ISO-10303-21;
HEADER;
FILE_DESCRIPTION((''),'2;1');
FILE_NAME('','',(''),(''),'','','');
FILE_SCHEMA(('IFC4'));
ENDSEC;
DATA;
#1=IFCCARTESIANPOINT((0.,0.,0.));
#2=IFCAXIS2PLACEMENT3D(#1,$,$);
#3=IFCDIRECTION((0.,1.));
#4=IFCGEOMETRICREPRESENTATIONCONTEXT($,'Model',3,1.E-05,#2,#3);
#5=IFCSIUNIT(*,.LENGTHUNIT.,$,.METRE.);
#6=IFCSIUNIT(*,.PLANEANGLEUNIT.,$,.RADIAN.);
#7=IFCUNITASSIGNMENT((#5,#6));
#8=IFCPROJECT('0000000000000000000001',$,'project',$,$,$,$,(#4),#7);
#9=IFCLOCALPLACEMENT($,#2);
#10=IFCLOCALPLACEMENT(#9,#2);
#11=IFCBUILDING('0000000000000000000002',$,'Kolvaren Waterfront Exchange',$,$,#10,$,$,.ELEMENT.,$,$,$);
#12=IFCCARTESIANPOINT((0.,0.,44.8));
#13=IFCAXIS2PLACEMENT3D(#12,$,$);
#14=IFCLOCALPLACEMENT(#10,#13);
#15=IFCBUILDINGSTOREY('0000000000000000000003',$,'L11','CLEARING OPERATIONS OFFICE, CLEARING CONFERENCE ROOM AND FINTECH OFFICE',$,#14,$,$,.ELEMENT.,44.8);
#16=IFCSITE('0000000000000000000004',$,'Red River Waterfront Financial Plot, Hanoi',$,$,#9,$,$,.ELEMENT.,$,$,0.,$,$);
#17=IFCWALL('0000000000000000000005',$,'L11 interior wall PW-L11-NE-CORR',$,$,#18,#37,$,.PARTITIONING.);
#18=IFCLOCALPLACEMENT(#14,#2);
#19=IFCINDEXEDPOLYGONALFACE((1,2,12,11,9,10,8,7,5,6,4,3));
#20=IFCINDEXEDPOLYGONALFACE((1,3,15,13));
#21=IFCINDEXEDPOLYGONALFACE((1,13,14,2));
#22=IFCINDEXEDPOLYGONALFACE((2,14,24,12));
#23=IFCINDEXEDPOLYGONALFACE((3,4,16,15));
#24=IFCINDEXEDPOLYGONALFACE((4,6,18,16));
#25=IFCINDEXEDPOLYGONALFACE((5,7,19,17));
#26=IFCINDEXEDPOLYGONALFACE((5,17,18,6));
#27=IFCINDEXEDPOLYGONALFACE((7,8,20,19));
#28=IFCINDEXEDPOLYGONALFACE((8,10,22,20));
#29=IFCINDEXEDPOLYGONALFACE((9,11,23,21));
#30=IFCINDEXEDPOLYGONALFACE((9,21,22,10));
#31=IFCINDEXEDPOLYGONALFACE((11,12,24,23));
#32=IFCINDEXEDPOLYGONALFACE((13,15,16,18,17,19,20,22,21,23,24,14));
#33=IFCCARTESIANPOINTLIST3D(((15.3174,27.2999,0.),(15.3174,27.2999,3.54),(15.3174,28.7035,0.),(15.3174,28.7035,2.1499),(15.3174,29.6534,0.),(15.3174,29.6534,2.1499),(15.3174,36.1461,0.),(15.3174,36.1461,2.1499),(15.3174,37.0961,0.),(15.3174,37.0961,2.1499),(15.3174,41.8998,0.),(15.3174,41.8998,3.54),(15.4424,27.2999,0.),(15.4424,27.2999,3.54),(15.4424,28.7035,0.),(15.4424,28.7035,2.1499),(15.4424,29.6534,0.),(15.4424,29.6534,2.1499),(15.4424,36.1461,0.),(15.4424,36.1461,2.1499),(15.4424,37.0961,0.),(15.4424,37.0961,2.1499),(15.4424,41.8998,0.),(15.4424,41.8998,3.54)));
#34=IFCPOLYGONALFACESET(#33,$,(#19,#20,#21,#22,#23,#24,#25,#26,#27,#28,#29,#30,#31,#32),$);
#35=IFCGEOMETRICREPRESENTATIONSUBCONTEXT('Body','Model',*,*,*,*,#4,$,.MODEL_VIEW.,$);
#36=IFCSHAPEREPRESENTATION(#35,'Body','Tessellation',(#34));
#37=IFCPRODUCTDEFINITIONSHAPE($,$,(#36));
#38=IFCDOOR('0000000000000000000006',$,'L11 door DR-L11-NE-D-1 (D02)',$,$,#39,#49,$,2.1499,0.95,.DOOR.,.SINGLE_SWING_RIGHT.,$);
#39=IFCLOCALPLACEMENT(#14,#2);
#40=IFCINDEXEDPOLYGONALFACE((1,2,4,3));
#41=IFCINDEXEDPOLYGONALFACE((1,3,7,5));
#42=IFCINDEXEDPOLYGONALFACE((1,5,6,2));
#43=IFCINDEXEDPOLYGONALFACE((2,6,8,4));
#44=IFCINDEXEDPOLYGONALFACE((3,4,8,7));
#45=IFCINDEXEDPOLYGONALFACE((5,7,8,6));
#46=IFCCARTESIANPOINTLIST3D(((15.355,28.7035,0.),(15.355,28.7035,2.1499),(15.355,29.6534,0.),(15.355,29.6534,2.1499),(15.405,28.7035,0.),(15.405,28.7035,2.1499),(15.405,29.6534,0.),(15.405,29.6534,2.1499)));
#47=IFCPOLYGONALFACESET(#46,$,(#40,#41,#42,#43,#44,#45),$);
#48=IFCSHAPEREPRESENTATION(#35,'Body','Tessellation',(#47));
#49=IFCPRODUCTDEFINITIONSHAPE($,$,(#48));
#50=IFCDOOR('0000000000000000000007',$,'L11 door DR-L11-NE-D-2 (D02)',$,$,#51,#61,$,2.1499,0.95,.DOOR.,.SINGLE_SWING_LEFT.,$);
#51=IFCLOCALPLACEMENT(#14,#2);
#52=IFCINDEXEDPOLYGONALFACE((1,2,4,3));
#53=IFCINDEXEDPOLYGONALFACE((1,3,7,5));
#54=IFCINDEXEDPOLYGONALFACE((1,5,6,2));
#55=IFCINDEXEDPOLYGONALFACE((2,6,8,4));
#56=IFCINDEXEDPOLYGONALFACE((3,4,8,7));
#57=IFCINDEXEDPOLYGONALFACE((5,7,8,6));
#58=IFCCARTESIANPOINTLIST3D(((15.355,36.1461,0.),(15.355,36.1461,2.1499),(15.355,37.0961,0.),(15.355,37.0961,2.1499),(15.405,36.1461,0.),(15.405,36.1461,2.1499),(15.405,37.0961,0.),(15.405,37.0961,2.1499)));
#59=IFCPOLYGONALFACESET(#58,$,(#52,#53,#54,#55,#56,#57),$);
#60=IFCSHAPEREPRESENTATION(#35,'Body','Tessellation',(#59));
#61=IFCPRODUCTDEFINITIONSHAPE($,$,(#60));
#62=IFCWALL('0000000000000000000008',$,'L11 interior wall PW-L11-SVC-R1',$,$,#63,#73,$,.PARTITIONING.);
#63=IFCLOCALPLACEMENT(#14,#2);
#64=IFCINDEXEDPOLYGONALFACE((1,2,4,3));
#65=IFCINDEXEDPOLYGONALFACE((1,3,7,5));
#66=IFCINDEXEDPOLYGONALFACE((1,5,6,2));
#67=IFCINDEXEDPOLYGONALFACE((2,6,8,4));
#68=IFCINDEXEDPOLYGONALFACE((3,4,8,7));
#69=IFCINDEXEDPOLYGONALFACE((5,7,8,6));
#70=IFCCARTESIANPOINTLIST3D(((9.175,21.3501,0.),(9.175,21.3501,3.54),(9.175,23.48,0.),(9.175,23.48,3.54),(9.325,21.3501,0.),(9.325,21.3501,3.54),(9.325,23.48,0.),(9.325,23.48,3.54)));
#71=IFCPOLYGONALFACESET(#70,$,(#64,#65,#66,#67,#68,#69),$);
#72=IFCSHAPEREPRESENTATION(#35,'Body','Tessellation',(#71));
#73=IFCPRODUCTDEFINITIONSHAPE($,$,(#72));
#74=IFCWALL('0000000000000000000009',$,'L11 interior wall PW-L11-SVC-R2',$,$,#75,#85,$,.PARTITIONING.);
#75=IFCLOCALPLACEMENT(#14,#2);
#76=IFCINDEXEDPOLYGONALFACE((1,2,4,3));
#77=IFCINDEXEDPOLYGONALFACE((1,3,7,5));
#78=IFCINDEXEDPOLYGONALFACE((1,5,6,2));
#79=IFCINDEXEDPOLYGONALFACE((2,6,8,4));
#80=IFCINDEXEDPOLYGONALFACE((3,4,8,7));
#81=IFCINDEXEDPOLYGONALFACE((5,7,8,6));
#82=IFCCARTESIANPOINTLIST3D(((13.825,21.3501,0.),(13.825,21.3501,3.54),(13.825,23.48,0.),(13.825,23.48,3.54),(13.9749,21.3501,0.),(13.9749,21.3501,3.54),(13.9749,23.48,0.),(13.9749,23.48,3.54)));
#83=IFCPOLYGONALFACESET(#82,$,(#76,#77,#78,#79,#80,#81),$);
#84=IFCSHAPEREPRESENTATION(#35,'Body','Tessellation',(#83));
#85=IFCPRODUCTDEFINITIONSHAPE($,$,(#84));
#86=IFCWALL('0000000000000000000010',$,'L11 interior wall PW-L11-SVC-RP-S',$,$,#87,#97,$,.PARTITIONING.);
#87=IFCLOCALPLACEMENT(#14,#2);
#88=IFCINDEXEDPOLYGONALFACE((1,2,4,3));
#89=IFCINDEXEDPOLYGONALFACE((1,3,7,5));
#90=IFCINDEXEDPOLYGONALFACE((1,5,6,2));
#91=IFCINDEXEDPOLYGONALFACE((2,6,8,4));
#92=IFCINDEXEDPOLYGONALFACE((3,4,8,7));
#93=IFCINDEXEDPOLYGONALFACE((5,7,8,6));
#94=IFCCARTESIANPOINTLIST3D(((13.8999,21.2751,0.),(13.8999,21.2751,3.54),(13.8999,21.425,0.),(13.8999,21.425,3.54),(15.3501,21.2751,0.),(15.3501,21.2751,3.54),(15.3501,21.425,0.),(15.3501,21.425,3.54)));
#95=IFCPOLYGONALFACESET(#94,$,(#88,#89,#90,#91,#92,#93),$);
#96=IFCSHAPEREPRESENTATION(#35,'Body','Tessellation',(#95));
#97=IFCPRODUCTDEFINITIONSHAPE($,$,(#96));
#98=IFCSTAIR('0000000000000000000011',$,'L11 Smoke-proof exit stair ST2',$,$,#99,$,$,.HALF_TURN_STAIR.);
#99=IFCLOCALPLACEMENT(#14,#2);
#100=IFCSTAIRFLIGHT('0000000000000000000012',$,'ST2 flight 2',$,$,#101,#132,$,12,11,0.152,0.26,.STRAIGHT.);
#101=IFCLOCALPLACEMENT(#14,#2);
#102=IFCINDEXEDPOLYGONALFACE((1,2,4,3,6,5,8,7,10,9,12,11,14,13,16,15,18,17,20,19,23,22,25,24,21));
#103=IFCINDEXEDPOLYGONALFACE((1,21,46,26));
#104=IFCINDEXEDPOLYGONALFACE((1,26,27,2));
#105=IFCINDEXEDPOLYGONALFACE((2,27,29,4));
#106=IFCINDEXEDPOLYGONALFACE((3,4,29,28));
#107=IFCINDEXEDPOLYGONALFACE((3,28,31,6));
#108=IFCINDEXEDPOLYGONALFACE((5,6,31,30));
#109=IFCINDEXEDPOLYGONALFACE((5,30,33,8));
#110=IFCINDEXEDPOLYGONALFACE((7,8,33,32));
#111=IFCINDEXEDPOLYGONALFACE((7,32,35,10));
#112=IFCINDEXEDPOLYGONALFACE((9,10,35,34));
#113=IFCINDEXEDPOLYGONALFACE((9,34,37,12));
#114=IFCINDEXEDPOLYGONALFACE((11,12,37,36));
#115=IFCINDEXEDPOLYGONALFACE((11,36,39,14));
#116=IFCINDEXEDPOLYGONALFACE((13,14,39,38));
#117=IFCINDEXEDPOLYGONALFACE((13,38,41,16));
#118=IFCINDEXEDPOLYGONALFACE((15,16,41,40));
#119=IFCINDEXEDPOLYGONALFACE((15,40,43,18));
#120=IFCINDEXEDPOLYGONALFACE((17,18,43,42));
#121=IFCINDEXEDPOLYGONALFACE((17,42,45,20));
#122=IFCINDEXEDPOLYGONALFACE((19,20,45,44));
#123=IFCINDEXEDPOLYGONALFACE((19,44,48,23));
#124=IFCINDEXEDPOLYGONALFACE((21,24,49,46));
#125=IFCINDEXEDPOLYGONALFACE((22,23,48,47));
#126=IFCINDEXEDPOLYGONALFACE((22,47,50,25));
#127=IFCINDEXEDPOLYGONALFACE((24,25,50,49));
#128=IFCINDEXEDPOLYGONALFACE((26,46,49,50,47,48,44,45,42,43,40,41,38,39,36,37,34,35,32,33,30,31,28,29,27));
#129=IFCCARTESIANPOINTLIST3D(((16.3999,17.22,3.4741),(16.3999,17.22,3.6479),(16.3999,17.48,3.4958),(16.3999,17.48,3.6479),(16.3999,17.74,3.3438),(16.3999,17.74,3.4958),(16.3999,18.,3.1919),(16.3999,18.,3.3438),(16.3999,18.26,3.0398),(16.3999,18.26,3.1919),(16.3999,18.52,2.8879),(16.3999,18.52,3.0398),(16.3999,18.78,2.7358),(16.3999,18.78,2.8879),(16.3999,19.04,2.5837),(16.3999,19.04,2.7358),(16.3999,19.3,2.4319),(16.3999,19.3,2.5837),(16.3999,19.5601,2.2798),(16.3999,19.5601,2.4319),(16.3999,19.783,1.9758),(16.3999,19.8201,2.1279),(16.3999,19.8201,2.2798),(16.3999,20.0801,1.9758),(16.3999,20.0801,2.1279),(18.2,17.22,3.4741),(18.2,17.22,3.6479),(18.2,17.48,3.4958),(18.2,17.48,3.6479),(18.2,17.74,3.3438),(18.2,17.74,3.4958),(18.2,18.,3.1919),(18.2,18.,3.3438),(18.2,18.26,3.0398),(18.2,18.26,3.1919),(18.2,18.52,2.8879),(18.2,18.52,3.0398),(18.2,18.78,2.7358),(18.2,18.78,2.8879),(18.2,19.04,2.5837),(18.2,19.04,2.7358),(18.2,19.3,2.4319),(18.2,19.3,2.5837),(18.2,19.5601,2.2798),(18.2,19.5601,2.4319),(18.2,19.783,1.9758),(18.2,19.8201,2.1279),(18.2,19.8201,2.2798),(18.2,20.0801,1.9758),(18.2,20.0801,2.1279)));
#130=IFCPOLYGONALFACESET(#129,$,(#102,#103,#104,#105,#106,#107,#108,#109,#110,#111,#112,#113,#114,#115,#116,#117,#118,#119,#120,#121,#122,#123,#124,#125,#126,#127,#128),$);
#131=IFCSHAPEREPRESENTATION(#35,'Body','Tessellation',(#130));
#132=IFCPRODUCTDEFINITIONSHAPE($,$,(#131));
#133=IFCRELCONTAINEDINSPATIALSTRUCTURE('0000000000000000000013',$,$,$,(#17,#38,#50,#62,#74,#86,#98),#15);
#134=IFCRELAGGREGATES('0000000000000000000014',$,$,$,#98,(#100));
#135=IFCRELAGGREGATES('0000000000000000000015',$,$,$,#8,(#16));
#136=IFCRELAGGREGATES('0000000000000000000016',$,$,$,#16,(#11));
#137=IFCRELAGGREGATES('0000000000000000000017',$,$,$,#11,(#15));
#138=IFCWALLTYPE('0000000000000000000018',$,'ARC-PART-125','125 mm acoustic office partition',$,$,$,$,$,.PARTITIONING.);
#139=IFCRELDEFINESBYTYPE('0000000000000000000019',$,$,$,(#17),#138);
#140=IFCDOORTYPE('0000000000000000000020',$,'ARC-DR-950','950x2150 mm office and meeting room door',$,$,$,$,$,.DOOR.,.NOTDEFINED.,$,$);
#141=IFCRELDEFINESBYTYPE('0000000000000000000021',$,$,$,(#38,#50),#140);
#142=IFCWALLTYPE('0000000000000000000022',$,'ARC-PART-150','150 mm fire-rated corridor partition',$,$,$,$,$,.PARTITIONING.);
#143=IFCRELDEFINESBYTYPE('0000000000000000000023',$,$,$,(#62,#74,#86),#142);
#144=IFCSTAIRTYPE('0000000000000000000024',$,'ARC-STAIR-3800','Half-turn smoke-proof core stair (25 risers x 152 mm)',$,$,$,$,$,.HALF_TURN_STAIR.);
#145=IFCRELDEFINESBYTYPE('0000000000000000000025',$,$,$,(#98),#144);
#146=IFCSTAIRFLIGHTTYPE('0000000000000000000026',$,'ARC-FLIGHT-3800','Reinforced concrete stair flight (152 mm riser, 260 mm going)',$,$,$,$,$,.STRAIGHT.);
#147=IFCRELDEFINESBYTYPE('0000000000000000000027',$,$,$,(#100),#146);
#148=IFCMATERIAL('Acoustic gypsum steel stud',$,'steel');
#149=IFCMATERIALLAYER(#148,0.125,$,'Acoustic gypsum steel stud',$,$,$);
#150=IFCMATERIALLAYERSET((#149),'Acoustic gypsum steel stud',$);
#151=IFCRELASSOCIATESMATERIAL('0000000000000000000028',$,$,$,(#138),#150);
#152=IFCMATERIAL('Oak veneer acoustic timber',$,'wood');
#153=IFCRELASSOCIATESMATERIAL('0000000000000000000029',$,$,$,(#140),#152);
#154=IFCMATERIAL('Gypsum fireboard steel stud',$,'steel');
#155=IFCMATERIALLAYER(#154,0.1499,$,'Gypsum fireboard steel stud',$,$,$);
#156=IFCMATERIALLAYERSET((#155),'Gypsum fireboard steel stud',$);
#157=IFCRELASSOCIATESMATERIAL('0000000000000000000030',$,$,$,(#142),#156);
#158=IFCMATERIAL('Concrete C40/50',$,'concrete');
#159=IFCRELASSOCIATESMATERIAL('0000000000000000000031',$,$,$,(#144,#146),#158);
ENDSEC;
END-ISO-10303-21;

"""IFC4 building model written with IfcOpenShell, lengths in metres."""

from ifc_helpers import new_model, si_unit, direction, frame, frame_2d, origin, place, context, subcontext, project, spatial, polyline, rectangle, outline, extrude, material, layer, layer_set, type_object, element, fill, aggregate, save


model = new_model("IFC4")

# Units and contexts
model_context = context("Model", 3, precision=1e-05, world=origin(), true_north=direction((0.0, 1.0)))
body_context = subcontext(model_context, "Body", "Model", "MODEL_VIEW")
ifc_project = project(units=[si_unit("LENGTHUNIT", "METRE"), si_unit("PLANEANGLEUNIT", "RADIAN")], contexts=[model_context])

# Site, building, storey
site_placement = place(None, origin())
site = spatial("IfcSite", under=ifc_project, at=site_placement, Name="Red River Waterfront Financial Plot, Hanoi", CompositionType="ELEMENT", RefElevation=0.0)
building_placement = place(site_placement, origin())
building = spatial("IfcBuilding", under=site, at=building_placement, Name="Kolvaren Waterfront Exchange", CompositionType="ELEMENT")
storey_placement = place(building_placement, frame((0.0, 0.0, 44.8)))
storey = spatial("IfcBuildingStorey", under=building, at=storey_placement, Name="L11", Description="CLEARING OPERATIONS OFFICE, CLEARING CONFERENCE ROOM AND FINTECH OFFICE", CompositionType="ELEMENT", Elevation=44.8)

# Shared definitions
ifc_material_1 = material(Name="Acoustic gypsum steel stud", Category="steel")
ifc_layer_1 = layer(ifc_material_1, 0.125, Name="Acoustic gypsum steel stud")
ifc_layer_set_1 = layer_set([ifc_layer_1], Name="Acoustic gypsum steel stud")
wall_type_1 = type_object("IfcWallType", Name="ARC-PART-125", Description="125 mm acoustic office partition", PredefinedType="PARTITIONING", material=ifc_layer_set_1)

# Shared definitions
ifc_material_2 = material(Name="Oak veneer acoustic timber", Category="wood")
door_type_1 = type_object("IfcDoorType", Name="ARC-DR-950", Description="950x2150 mm office and meeting room door", OperationType="NOTDEFINED", PredefinedType="DOOR", material=ifc_material_2)

# Wall, openings, doors
wall_1_placement = place(storey_placement, frame((15.3799, 27.3, 0.0), z_axis=(0.0, 0.0, 1.0), x_axis=(0.0, 1.0, 0.0)))
wall_1 = element("IfcWall", 1, at=wall_1_placement, inside=storey, type_object=wall_type_1, Name="L11 interior wall PW-L11-NE-CORR", PredefinedType="PARTITIONING", context=body_context, shape_type="SweptSolid", body=[
    extrude(rectangle(XDim=14.5999, YDim=0.125, at=frame_2d((7.2998, 0.0))), origin(), (0.0, 0.0, 1.0), 3.54),
])
opening_1_placement = place(wall_1_placement, frame((1.4033, 0.0, 0.0)))
opening_1 = element("IfcOpeningElement", 2, at=opening_1_placement, cuts=wall_1, PredefinedType="OPENING", context=body_context, shape_type="SweptSolid", body=[
    extrude(rectangle(XDim=0.95, YDim=2.1499, at=frame_2d((0.4751, 1.075))), frame((0.0, 0.0725, 0.0), z_axis=(0.0, -1.0, 0.0), x_axis=(1.0, 0.0, 0.0)), (0.0, 0.0, 1.0), 0.145),
])
opening_2_placement = place(wall_1_placement, frame((8.8459, 0.0, 0.0)))
opening_2 = element("IfcOpeningElement", 3, at=opening_2_placement, cuts=wall_1, PredefinedType="OPENING", context=body_context, shape_type="SweptSolid", body=[
    extrude(rectangle(XDim=0.95, YDim=2.1499, at=frame_2d((0.4751, 1.075))), frame((0.0, 0.0725, 0.0), z_axis=(0.0, -1.0, 0.0), x_axis=(1.0, 0.0, 0.0)), (0.0, 0.0, 1.0), 0.145),
])
door_1_placement = place(opening_1_placement, origin())
door_1 = element("IfcDoor", 4, at=door_1_placement, inside=storey, type_object=door_type_1, Name="L11 door DR-L11-NE-D-1 (D02)", OperationType="SINGLE_SWING_RIGHT", OverallHeight=2.1499, OverallWidth=0.95, PredefinedType="DOOR", context=body_context, shape_type="SweptSolid", body=[
    extrude(rectangle(XDim=0.95, YDim=2.1499, at=frame_2d((0.4751, 1.075))), frame((0.0, 0.0249, 0.0), z_axis=(0.0, -1.0, 0.0), x_axis=(1.0, 0.0, 0.0)), (0.0, 0.0, 1.0), 0.05),
])
fill(opening_1, door_1)
door_2_placement = place(opening_2_placement, origin())
door_2 = element("IfcDoor", 5, at=door_2_placement, inside=storey, type_object=door_type_1, Name="L11 door DR-L11-NE-D-2 (D02)", OperationType="SINGLE_SWING_LEFT", OverallHeight=2.1499, OverallWidth=0.95, PredefinedType="DOOR", context=body_context, shape_type="SweptSolid", body=[
    extrude(rectangle(XDim=0.95, YDim=2.1499, at=frame_2d((0.4751, 1.075))), frame((0.0, 0.0249, 0.0), z_axis=(0.0, -1.0, 0.0), x_axis=(1.0, 0.0, 0.0)), (0.0, 0.0, 1.0), 0.05),
])
fill(opening_2, door_2)

# Walls
ifc_material_3 = material(Name="Gypsum fireboard steel stud", Category="steel")
ifc_layer_2 = layer(ifc_material_3, 0.1499, Name="Gypsum fireboard steel stud")
ifc_layer_set_2 = layer_set([ifc_layer_2], Name="Gypsum fireboard steel stud")
wall_type_2 = type_object("IfcWallType", Name="ARC-PART-150", Description="150 mm fire-rated corridor partition", PredefinedType="PARTITIONING", material=ifc_layer_set_2)
for number, where, z_axis, x_axis, name in (
    (6, (9.25, 21.3501, 0.0), (0.0, 0.0, 1.0), (0.0, 1.0, 0.0), "L11 interior wall PW-L11-SVC-R1"),
    (7, (13.8999, 21.3501, 0.0), (0.0, 0.0, 1.0), (0.0, 1.0, 0.0), "L11 interior wall PW-L11-SVC-R2"),
):
    element("IfcWall", number, at=place(storey_placement, frame(where, z_axis=z_axis, x_axis=x_axis)), inside=storey, type_object=wall_type_2, Name=name, PredefinedType="PARTITIONING", context=body_context, shape_type="SweptSolid", body=[
        extrude(rectangle(XDim=2.1299, YDim=0.1499, at=frame_2d((1.0649, 0.0))), origin(), (0.0, 0.0, 1.0), 3.54),
    ])

# Wall
wall_2_placement = place(storey_placement, frame((13.8999, 21.3501, 0.0), z_axis=(0.0, 0.0, 1.0), x_axis=(1.0, 0.0, 0.0)))
element("IfcWall", 8, at=wall_2_placement, inside=storey, type_object=wall_type_2, Name="L11 interior wall PW-L11-SVC-RP-S", PredefinedType="PARTITIONING", context=body_context, shape_type="SweptSolid", body=[
    extrude(rectangle(XDim=1.4502, YDim=0.1499, at=frame_2d((0.7251, 0.0))), origin(), (0.0, 0.0, 1.0), 3.54),
])

# Stair, stair flight
ifc_material_4 = material(Name="Concrete C40/50", Category="concrete")
stair_type = type_object("IfcStairType", Name="ARC-STAIR-3800", Description="Half-turn smoke-proof core stair (25 risers x 152 mm)", PredefinedType="HALF_TURN_STAIR", material=ifc_material_4)
stair_placement = place(storey_placement, origin())
stair = element("IfcStair", 9, at=stair_placement, inside=storey, type_object=stair_type, Name="L11 Smoke-proof exit stair ST2", PredefinedType="HALF_TURN_STAIR")
stair_flight_type = type_object("IfcStairFlightType", Name="ARC-FLIGHT-3800", Description="Reinforced concrete stair flight (152 mm riser, 260 mm going)", PredefinedType="STRAIGHT", material=ifc_material_4)
stair_flight_placement = place(storey_placement, frame((17.3, 20.0801, 1.9758), z_axis=(0.0, 0.0, 1.0), x_axis=(0.0, -1.0, 0.0)))
stair_flight = element("IfcStairFlight", 10, at=stair_flight_placement, type_object=stair_flight_type, Name="ST2 flight 2", NumberOfRisers=12, NumberOfTreads=11, PredefinedType="STRAIGHT", RiserHeight=0.152, TreadLength=0.26, context=body_context, shape_type="SweptSolid", body=[
    extrude(outline(polyline([(0.0, 0.0), (0.0, 0.1521), (0.26, 0.1521), (0.26, 0.304), (0.52, 0.304), (0.52, 0.4561), (0.78, 0.4561), (0.78, 0.6079), (1.04, 0.6079), (1.04, 0.76), (1.3, 0.76), (1.3, 0.9121), (1.5601, 0.9121), (1.5601, 1.064), (1.8201, 1.064), (1.8201, 1.2161), (2.0801, 1.2161), (2.0801, 1.3679), (2.3401, 1.3679), (2.3401, 1.52), (2.6001, 1.52), (2.6001, 1.6721), (2.8601, 1.6721), (2.8601, 1.824), (2.8601, 1.4983), (0.2971, 0.0), (0.0, 0.0)])), frame((0.0, 0.8999, 0.0), z_axis=(0.0, -1.0, 0.0), x_axis=(1.0, 0.0, 0.0)), (0.0, 0.0, 1.0), 1.8),
])
aggregate(stair, [stair_flight])

save(model, "model.ifc")
